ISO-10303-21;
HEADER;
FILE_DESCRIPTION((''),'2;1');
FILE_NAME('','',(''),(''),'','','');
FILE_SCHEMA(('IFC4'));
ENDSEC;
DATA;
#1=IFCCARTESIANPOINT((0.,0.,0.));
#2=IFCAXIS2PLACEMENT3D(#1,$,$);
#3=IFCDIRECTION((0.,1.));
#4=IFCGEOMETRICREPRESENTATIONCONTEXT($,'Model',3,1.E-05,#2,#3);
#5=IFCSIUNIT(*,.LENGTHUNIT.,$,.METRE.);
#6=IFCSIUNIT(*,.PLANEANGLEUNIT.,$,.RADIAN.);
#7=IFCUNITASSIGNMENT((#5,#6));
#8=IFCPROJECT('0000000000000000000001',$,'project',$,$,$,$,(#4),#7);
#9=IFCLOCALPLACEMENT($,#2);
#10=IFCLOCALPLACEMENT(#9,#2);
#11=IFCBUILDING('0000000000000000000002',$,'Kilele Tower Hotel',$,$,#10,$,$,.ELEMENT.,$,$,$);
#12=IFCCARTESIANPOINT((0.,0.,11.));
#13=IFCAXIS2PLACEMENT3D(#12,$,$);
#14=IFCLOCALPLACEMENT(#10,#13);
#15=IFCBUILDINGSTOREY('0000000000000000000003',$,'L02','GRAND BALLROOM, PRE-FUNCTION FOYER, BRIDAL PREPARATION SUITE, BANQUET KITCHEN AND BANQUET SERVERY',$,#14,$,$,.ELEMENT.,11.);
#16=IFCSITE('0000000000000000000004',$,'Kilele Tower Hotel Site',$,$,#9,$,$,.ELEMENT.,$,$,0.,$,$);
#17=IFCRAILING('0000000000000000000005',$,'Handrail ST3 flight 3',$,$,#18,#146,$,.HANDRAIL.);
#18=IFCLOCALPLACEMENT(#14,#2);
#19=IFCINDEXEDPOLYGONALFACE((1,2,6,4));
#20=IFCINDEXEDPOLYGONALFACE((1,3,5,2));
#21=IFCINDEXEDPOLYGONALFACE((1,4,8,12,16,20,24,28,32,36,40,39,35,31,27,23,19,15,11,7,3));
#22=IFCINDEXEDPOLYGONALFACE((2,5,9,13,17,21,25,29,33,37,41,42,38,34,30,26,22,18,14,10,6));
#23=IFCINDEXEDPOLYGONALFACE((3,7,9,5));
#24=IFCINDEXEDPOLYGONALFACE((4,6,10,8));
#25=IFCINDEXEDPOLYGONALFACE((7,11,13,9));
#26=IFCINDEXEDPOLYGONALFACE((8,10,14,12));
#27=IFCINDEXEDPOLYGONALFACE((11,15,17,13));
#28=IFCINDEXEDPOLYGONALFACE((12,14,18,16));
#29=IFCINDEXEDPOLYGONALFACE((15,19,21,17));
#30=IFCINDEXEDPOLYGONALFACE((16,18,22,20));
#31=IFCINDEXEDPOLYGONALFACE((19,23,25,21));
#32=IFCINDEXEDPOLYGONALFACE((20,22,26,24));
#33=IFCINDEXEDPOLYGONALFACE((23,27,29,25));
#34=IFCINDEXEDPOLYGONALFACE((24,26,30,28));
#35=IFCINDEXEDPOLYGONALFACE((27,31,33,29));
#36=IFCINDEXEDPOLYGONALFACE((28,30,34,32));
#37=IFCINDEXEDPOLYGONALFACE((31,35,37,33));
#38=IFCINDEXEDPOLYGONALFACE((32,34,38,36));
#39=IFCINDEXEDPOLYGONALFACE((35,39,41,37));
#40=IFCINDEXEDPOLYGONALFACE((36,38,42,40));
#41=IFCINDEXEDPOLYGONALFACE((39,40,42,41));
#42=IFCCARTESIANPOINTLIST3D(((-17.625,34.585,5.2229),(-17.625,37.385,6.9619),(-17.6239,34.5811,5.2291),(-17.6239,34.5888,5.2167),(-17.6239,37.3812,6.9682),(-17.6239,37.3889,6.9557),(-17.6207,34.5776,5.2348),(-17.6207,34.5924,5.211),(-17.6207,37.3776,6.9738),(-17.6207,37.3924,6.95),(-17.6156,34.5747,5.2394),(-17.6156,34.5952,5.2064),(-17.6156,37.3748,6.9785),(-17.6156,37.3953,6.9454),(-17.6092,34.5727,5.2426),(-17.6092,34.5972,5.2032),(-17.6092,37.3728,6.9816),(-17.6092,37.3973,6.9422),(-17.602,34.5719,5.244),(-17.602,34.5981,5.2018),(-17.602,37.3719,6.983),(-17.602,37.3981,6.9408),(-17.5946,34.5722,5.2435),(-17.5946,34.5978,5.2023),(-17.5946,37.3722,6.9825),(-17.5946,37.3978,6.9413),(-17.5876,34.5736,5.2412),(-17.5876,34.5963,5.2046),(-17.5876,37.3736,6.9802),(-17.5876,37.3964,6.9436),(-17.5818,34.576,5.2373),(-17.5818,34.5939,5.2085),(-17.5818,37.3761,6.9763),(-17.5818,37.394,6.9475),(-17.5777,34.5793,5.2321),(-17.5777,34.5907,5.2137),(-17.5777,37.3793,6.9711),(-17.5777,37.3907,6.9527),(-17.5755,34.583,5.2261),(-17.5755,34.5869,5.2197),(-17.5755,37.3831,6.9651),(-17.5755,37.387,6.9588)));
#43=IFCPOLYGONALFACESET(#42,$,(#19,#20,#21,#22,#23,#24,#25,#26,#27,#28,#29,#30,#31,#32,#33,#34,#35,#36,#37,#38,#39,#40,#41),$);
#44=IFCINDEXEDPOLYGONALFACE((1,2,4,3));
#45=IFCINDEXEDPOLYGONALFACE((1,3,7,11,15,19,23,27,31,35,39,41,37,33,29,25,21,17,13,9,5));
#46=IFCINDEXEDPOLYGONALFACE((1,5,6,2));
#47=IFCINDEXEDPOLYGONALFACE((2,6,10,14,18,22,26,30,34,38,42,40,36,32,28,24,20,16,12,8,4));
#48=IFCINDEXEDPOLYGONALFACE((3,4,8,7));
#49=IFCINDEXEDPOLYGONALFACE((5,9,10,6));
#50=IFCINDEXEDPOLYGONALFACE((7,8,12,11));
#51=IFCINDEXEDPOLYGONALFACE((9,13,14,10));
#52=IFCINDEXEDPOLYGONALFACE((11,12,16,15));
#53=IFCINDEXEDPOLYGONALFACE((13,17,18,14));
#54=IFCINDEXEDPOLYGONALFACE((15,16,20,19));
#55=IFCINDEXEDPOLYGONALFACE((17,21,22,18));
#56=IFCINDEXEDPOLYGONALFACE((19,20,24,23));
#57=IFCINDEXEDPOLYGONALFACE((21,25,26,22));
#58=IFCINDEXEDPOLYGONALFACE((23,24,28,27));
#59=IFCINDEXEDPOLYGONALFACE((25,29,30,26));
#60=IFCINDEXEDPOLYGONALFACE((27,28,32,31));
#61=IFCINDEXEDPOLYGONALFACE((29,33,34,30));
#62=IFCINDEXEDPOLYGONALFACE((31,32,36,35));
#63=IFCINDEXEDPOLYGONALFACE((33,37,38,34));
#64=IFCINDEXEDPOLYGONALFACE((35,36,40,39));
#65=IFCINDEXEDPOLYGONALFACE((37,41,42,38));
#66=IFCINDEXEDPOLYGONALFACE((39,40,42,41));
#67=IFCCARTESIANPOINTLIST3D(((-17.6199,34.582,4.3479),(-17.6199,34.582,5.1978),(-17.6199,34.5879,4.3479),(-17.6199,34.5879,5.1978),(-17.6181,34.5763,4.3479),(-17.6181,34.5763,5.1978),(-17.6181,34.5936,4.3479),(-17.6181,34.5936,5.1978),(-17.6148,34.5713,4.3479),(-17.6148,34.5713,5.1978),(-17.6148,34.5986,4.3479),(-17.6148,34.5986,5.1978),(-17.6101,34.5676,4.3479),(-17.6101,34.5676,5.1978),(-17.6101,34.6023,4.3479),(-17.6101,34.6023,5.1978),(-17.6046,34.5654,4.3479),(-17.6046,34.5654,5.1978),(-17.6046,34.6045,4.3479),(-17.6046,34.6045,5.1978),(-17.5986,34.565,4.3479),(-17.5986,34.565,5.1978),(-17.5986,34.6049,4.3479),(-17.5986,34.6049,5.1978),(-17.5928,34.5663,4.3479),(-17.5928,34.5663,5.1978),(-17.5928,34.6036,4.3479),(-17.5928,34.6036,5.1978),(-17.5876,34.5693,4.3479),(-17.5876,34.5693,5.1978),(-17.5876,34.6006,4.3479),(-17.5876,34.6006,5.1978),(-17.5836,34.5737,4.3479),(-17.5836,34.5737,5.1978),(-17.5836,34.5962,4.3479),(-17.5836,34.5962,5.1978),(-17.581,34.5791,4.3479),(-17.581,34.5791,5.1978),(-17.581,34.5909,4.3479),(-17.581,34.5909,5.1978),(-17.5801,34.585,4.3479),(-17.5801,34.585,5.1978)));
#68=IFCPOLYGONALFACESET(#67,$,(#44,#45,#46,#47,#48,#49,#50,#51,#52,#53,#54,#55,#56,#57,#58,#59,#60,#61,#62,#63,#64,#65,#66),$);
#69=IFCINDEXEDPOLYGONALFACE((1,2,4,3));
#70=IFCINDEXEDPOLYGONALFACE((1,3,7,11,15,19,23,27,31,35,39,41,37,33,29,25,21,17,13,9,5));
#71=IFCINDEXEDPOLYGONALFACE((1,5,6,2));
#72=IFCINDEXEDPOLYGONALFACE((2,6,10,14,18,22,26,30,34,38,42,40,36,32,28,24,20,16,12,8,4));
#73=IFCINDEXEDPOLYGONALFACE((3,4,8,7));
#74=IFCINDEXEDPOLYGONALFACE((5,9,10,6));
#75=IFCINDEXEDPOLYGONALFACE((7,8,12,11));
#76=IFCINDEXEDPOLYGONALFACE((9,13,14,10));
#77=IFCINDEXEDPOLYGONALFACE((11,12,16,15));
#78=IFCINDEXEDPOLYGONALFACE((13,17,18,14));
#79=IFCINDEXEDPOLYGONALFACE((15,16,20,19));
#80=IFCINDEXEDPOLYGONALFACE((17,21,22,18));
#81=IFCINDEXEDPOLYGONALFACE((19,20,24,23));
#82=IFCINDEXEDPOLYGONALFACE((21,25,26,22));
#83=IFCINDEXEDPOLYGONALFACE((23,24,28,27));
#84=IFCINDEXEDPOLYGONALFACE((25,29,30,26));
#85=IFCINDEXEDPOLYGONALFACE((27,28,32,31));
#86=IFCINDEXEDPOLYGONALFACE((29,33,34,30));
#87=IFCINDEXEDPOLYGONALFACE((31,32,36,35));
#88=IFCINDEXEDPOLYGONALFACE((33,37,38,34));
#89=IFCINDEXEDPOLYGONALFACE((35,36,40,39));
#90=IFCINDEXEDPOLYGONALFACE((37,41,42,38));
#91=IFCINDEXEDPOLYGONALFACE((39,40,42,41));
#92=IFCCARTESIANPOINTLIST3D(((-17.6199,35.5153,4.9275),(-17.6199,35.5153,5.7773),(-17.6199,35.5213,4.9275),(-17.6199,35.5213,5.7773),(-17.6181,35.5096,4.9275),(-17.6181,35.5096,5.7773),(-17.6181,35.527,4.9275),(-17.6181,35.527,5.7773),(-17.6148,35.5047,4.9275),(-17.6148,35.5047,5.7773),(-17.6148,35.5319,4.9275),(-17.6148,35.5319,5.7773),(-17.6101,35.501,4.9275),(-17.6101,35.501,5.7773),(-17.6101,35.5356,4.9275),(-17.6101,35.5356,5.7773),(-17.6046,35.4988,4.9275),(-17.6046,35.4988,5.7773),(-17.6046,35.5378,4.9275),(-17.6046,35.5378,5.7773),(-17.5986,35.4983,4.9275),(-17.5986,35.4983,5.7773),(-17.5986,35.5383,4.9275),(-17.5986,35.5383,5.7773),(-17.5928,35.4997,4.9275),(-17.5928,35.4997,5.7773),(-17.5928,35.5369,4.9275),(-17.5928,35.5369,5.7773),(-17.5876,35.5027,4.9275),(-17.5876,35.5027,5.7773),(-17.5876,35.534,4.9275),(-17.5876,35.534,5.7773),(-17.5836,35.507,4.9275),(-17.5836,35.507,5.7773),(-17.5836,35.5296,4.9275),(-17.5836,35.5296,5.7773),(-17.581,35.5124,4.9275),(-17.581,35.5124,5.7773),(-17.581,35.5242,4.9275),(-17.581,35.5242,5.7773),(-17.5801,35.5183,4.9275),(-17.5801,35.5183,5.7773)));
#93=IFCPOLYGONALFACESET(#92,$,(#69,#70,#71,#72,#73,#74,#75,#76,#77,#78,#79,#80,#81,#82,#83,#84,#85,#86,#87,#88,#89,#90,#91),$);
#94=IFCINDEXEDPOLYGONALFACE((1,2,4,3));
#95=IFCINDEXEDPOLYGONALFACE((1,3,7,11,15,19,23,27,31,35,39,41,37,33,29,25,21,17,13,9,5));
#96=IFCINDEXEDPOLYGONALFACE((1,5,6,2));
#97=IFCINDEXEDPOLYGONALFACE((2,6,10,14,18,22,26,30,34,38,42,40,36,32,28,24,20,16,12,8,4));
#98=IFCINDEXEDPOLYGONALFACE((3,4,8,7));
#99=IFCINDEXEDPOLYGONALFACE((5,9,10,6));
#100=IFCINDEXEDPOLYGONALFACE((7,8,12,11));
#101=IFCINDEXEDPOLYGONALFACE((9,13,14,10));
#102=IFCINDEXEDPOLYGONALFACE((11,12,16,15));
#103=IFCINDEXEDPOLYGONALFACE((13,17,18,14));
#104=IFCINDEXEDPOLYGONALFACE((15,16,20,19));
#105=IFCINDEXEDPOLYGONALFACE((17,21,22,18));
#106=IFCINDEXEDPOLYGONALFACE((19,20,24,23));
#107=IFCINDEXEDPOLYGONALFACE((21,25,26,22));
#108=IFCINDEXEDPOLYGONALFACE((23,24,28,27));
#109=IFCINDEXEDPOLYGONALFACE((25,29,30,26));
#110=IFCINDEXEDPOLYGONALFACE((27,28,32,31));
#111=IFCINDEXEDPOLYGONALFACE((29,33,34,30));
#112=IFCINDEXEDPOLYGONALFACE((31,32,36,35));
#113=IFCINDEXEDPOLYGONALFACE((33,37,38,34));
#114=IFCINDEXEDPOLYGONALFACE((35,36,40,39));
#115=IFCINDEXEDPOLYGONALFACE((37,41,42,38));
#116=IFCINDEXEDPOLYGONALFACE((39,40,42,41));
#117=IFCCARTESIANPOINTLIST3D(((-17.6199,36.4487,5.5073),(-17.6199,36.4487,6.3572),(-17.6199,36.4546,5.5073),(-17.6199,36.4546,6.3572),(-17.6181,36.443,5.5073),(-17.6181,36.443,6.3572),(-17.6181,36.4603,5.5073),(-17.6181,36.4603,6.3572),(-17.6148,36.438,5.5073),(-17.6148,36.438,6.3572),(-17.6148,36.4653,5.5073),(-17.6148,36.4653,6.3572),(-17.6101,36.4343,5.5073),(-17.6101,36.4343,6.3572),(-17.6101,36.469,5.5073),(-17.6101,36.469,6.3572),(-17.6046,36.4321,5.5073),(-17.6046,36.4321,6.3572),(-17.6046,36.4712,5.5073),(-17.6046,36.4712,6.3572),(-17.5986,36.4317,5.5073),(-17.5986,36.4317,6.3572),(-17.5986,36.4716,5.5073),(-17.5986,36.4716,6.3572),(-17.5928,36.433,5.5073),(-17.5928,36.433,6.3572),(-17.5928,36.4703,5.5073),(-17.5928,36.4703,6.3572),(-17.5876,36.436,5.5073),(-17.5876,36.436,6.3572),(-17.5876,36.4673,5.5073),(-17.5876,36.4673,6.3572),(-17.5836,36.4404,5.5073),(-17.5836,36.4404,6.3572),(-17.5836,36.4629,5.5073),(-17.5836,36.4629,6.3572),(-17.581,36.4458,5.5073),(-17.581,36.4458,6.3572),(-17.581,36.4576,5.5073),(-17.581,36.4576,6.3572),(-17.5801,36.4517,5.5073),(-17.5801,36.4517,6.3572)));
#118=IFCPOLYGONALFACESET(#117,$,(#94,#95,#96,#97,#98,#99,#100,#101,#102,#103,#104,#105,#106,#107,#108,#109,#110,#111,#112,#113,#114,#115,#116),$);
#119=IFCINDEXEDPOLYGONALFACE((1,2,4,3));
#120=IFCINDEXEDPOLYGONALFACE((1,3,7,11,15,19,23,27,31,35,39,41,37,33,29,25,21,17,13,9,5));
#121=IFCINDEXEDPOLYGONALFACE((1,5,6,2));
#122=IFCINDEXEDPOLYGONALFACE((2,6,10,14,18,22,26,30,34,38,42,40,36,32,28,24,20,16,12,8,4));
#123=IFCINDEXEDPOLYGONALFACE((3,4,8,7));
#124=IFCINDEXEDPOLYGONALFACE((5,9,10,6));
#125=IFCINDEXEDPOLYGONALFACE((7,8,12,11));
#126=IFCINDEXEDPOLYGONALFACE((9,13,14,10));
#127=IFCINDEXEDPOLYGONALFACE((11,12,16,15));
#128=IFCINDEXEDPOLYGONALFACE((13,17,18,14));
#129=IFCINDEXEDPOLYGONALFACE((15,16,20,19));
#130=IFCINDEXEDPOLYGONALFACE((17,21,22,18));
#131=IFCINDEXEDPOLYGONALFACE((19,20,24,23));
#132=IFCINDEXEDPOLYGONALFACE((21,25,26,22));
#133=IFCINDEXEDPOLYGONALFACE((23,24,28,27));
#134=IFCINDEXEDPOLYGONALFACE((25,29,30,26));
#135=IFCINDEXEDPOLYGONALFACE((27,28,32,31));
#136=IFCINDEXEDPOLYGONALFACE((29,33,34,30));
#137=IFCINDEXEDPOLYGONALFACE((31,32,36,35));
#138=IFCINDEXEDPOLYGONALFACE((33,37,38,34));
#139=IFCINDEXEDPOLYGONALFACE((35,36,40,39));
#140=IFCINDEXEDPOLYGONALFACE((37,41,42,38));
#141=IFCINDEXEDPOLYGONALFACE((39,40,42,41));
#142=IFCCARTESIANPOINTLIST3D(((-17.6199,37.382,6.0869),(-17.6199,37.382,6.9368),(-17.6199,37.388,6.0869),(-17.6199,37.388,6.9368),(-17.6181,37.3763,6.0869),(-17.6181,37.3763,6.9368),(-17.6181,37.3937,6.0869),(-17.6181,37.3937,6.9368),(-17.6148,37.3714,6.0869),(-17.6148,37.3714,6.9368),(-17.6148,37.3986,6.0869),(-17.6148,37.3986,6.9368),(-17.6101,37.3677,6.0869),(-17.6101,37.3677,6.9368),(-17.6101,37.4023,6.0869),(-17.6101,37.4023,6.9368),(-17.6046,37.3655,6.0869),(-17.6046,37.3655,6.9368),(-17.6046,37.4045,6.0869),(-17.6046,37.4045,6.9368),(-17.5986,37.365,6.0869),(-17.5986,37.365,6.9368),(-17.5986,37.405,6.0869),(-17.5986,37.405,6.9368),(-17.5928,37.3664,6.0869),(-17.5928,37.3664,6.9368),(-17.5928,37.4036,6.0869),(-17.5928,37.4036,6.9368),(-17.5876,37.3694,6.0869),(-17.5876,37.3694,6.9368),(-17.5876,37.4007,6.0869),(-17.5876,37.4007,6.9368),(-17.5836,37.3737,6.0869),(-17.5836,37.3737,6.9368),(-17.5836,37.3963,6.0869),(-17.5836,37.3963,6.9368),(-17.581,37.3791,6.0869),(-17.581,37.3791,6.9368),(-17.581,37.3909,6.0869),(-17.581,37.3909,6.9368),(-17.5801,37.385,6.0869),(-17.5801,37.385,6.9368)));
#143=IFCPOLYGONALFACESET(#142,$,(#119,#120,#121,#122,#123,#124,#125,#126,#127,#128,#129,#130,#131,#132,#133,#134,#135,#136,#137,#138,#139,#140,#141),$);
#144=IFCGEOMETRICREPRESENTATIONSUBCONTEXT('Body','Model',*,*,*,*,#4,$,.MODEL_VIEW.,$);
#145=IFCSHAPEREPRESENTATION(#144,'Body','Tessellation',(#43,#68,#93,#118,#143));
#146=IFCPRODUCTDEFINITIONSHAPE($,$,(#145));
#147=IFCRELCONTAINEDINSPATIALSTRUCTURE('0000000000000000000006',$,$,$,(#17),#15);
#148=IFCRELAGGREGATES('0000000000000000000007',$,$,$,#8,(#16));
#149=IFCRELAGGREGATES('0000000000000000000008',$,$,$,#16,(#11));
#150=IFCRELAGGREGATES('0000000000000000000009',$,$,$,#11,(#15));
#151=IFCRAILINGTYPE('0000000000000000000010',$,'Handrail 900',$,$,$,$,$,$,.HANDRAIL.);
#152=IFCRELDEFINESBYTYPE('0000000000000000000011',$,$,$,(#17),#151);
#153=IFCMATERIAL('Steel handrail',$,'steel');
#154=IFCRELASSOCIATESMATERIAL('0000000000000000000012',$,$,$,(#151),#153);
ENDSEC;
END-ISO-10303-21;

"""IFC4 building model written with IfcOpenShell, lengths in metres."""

from ifc_helpers import new_model, si_unit, direction, frame, origin, origin_2d, place, context, subcontext, project, spatial, circle, extrude, material, type_object, element, save


model = new_model("IFC4")

# Units and contexts
model_context = context("Model", 3, precision=1e-05, world=origin(), true_north=direction((0.0, 1.0)))
body_context = subcontext(model_context, "Body", "Model", "MODEL_VIEW")
ifc_project = project(units=[si_unit("LENGTHUNIT", "METRE"), si_unit("PLANEANGLEUNIT", "RADIAN")], contexts=[model_context])

# Site, building, storey
site_placement = place(None, origin())
site = spatial("IfcSite", under=ifc_project, at=site_placement, Name="Kilele Tower Hotel Site", CompositionType="ELEMENT", RefElevation=0.0)
building_placement = place(site_placement, origin())
building = spatial("IfcBuilding", under=site, at=building_placement, Name="Kilele Tower Hotel", CompositionType="ELEMENT")
storey_placement = place(building_placement, frame((0.0, 0.0, 11.0)))
storey = spatial("IfcBuildingStorey", under=building, at=storey_placement, Name="L02", Description="GRAND BALLROOM, PRE-FUNCTION FOYER, BRIDAL PREPARATION SUITE, BANQUET KITCHEN AND BANQUET SERVERY", CompositionType="ELEMENT", Elevation=11.0)

# Railing
ifc_material_1 = material(Name="Steel handrail", Category="steel")
railing_type_1 = type_object("IfcRailingType", Name="Handrail 900", PredefinedType="HANDRAIL", material=ifc_material_1)
for number, where, name in (
    (1, (-17.6001, 34.585, 4.3479), "Handrail ST3 flight 3"),
):
    element("IfcRailing", number, at=place(storey_placement, frame(where)), inside=storey, type_object=railing_type_1, Name=name, PredefinedType="HANDRAIL", context=body_context, shape_type="SweptSolid", body=[
        extrude(circle(Radius=0.0249, at=origin_2d()), frame((0.0, 0.0, 0.875), z_axis=(0.0, 0.849497, 0.527593), x_axis=(-1.0, 0.0, 0.0)), (0.0, 0.0, 1.0), 3.2961),
        extrude(circle(Radius=0.02, at=origin_2d()), origin(), (0.0, 0.0, 1.0), 0.8499),
        extrude(circle(Radius=0.02, at=origin_2d()), frame((0.0, 0.9333, 0.5796)), (0.0, 0.0, 1.0), 0.8499),
        extrude(circle(Radius=0.02, at=origin_2d()), frame((0.0, 1.8667, 1.1594)), (0.0, 0.0, 1.0), 0.8499),
        extrude(circle(Radius=0.02, at=origin_2d()), frame((0.0, 2.8, 1.739)), (0.0, 0.0, 1.0), 0.8499),
    ])

save(model, "model.ifc")
